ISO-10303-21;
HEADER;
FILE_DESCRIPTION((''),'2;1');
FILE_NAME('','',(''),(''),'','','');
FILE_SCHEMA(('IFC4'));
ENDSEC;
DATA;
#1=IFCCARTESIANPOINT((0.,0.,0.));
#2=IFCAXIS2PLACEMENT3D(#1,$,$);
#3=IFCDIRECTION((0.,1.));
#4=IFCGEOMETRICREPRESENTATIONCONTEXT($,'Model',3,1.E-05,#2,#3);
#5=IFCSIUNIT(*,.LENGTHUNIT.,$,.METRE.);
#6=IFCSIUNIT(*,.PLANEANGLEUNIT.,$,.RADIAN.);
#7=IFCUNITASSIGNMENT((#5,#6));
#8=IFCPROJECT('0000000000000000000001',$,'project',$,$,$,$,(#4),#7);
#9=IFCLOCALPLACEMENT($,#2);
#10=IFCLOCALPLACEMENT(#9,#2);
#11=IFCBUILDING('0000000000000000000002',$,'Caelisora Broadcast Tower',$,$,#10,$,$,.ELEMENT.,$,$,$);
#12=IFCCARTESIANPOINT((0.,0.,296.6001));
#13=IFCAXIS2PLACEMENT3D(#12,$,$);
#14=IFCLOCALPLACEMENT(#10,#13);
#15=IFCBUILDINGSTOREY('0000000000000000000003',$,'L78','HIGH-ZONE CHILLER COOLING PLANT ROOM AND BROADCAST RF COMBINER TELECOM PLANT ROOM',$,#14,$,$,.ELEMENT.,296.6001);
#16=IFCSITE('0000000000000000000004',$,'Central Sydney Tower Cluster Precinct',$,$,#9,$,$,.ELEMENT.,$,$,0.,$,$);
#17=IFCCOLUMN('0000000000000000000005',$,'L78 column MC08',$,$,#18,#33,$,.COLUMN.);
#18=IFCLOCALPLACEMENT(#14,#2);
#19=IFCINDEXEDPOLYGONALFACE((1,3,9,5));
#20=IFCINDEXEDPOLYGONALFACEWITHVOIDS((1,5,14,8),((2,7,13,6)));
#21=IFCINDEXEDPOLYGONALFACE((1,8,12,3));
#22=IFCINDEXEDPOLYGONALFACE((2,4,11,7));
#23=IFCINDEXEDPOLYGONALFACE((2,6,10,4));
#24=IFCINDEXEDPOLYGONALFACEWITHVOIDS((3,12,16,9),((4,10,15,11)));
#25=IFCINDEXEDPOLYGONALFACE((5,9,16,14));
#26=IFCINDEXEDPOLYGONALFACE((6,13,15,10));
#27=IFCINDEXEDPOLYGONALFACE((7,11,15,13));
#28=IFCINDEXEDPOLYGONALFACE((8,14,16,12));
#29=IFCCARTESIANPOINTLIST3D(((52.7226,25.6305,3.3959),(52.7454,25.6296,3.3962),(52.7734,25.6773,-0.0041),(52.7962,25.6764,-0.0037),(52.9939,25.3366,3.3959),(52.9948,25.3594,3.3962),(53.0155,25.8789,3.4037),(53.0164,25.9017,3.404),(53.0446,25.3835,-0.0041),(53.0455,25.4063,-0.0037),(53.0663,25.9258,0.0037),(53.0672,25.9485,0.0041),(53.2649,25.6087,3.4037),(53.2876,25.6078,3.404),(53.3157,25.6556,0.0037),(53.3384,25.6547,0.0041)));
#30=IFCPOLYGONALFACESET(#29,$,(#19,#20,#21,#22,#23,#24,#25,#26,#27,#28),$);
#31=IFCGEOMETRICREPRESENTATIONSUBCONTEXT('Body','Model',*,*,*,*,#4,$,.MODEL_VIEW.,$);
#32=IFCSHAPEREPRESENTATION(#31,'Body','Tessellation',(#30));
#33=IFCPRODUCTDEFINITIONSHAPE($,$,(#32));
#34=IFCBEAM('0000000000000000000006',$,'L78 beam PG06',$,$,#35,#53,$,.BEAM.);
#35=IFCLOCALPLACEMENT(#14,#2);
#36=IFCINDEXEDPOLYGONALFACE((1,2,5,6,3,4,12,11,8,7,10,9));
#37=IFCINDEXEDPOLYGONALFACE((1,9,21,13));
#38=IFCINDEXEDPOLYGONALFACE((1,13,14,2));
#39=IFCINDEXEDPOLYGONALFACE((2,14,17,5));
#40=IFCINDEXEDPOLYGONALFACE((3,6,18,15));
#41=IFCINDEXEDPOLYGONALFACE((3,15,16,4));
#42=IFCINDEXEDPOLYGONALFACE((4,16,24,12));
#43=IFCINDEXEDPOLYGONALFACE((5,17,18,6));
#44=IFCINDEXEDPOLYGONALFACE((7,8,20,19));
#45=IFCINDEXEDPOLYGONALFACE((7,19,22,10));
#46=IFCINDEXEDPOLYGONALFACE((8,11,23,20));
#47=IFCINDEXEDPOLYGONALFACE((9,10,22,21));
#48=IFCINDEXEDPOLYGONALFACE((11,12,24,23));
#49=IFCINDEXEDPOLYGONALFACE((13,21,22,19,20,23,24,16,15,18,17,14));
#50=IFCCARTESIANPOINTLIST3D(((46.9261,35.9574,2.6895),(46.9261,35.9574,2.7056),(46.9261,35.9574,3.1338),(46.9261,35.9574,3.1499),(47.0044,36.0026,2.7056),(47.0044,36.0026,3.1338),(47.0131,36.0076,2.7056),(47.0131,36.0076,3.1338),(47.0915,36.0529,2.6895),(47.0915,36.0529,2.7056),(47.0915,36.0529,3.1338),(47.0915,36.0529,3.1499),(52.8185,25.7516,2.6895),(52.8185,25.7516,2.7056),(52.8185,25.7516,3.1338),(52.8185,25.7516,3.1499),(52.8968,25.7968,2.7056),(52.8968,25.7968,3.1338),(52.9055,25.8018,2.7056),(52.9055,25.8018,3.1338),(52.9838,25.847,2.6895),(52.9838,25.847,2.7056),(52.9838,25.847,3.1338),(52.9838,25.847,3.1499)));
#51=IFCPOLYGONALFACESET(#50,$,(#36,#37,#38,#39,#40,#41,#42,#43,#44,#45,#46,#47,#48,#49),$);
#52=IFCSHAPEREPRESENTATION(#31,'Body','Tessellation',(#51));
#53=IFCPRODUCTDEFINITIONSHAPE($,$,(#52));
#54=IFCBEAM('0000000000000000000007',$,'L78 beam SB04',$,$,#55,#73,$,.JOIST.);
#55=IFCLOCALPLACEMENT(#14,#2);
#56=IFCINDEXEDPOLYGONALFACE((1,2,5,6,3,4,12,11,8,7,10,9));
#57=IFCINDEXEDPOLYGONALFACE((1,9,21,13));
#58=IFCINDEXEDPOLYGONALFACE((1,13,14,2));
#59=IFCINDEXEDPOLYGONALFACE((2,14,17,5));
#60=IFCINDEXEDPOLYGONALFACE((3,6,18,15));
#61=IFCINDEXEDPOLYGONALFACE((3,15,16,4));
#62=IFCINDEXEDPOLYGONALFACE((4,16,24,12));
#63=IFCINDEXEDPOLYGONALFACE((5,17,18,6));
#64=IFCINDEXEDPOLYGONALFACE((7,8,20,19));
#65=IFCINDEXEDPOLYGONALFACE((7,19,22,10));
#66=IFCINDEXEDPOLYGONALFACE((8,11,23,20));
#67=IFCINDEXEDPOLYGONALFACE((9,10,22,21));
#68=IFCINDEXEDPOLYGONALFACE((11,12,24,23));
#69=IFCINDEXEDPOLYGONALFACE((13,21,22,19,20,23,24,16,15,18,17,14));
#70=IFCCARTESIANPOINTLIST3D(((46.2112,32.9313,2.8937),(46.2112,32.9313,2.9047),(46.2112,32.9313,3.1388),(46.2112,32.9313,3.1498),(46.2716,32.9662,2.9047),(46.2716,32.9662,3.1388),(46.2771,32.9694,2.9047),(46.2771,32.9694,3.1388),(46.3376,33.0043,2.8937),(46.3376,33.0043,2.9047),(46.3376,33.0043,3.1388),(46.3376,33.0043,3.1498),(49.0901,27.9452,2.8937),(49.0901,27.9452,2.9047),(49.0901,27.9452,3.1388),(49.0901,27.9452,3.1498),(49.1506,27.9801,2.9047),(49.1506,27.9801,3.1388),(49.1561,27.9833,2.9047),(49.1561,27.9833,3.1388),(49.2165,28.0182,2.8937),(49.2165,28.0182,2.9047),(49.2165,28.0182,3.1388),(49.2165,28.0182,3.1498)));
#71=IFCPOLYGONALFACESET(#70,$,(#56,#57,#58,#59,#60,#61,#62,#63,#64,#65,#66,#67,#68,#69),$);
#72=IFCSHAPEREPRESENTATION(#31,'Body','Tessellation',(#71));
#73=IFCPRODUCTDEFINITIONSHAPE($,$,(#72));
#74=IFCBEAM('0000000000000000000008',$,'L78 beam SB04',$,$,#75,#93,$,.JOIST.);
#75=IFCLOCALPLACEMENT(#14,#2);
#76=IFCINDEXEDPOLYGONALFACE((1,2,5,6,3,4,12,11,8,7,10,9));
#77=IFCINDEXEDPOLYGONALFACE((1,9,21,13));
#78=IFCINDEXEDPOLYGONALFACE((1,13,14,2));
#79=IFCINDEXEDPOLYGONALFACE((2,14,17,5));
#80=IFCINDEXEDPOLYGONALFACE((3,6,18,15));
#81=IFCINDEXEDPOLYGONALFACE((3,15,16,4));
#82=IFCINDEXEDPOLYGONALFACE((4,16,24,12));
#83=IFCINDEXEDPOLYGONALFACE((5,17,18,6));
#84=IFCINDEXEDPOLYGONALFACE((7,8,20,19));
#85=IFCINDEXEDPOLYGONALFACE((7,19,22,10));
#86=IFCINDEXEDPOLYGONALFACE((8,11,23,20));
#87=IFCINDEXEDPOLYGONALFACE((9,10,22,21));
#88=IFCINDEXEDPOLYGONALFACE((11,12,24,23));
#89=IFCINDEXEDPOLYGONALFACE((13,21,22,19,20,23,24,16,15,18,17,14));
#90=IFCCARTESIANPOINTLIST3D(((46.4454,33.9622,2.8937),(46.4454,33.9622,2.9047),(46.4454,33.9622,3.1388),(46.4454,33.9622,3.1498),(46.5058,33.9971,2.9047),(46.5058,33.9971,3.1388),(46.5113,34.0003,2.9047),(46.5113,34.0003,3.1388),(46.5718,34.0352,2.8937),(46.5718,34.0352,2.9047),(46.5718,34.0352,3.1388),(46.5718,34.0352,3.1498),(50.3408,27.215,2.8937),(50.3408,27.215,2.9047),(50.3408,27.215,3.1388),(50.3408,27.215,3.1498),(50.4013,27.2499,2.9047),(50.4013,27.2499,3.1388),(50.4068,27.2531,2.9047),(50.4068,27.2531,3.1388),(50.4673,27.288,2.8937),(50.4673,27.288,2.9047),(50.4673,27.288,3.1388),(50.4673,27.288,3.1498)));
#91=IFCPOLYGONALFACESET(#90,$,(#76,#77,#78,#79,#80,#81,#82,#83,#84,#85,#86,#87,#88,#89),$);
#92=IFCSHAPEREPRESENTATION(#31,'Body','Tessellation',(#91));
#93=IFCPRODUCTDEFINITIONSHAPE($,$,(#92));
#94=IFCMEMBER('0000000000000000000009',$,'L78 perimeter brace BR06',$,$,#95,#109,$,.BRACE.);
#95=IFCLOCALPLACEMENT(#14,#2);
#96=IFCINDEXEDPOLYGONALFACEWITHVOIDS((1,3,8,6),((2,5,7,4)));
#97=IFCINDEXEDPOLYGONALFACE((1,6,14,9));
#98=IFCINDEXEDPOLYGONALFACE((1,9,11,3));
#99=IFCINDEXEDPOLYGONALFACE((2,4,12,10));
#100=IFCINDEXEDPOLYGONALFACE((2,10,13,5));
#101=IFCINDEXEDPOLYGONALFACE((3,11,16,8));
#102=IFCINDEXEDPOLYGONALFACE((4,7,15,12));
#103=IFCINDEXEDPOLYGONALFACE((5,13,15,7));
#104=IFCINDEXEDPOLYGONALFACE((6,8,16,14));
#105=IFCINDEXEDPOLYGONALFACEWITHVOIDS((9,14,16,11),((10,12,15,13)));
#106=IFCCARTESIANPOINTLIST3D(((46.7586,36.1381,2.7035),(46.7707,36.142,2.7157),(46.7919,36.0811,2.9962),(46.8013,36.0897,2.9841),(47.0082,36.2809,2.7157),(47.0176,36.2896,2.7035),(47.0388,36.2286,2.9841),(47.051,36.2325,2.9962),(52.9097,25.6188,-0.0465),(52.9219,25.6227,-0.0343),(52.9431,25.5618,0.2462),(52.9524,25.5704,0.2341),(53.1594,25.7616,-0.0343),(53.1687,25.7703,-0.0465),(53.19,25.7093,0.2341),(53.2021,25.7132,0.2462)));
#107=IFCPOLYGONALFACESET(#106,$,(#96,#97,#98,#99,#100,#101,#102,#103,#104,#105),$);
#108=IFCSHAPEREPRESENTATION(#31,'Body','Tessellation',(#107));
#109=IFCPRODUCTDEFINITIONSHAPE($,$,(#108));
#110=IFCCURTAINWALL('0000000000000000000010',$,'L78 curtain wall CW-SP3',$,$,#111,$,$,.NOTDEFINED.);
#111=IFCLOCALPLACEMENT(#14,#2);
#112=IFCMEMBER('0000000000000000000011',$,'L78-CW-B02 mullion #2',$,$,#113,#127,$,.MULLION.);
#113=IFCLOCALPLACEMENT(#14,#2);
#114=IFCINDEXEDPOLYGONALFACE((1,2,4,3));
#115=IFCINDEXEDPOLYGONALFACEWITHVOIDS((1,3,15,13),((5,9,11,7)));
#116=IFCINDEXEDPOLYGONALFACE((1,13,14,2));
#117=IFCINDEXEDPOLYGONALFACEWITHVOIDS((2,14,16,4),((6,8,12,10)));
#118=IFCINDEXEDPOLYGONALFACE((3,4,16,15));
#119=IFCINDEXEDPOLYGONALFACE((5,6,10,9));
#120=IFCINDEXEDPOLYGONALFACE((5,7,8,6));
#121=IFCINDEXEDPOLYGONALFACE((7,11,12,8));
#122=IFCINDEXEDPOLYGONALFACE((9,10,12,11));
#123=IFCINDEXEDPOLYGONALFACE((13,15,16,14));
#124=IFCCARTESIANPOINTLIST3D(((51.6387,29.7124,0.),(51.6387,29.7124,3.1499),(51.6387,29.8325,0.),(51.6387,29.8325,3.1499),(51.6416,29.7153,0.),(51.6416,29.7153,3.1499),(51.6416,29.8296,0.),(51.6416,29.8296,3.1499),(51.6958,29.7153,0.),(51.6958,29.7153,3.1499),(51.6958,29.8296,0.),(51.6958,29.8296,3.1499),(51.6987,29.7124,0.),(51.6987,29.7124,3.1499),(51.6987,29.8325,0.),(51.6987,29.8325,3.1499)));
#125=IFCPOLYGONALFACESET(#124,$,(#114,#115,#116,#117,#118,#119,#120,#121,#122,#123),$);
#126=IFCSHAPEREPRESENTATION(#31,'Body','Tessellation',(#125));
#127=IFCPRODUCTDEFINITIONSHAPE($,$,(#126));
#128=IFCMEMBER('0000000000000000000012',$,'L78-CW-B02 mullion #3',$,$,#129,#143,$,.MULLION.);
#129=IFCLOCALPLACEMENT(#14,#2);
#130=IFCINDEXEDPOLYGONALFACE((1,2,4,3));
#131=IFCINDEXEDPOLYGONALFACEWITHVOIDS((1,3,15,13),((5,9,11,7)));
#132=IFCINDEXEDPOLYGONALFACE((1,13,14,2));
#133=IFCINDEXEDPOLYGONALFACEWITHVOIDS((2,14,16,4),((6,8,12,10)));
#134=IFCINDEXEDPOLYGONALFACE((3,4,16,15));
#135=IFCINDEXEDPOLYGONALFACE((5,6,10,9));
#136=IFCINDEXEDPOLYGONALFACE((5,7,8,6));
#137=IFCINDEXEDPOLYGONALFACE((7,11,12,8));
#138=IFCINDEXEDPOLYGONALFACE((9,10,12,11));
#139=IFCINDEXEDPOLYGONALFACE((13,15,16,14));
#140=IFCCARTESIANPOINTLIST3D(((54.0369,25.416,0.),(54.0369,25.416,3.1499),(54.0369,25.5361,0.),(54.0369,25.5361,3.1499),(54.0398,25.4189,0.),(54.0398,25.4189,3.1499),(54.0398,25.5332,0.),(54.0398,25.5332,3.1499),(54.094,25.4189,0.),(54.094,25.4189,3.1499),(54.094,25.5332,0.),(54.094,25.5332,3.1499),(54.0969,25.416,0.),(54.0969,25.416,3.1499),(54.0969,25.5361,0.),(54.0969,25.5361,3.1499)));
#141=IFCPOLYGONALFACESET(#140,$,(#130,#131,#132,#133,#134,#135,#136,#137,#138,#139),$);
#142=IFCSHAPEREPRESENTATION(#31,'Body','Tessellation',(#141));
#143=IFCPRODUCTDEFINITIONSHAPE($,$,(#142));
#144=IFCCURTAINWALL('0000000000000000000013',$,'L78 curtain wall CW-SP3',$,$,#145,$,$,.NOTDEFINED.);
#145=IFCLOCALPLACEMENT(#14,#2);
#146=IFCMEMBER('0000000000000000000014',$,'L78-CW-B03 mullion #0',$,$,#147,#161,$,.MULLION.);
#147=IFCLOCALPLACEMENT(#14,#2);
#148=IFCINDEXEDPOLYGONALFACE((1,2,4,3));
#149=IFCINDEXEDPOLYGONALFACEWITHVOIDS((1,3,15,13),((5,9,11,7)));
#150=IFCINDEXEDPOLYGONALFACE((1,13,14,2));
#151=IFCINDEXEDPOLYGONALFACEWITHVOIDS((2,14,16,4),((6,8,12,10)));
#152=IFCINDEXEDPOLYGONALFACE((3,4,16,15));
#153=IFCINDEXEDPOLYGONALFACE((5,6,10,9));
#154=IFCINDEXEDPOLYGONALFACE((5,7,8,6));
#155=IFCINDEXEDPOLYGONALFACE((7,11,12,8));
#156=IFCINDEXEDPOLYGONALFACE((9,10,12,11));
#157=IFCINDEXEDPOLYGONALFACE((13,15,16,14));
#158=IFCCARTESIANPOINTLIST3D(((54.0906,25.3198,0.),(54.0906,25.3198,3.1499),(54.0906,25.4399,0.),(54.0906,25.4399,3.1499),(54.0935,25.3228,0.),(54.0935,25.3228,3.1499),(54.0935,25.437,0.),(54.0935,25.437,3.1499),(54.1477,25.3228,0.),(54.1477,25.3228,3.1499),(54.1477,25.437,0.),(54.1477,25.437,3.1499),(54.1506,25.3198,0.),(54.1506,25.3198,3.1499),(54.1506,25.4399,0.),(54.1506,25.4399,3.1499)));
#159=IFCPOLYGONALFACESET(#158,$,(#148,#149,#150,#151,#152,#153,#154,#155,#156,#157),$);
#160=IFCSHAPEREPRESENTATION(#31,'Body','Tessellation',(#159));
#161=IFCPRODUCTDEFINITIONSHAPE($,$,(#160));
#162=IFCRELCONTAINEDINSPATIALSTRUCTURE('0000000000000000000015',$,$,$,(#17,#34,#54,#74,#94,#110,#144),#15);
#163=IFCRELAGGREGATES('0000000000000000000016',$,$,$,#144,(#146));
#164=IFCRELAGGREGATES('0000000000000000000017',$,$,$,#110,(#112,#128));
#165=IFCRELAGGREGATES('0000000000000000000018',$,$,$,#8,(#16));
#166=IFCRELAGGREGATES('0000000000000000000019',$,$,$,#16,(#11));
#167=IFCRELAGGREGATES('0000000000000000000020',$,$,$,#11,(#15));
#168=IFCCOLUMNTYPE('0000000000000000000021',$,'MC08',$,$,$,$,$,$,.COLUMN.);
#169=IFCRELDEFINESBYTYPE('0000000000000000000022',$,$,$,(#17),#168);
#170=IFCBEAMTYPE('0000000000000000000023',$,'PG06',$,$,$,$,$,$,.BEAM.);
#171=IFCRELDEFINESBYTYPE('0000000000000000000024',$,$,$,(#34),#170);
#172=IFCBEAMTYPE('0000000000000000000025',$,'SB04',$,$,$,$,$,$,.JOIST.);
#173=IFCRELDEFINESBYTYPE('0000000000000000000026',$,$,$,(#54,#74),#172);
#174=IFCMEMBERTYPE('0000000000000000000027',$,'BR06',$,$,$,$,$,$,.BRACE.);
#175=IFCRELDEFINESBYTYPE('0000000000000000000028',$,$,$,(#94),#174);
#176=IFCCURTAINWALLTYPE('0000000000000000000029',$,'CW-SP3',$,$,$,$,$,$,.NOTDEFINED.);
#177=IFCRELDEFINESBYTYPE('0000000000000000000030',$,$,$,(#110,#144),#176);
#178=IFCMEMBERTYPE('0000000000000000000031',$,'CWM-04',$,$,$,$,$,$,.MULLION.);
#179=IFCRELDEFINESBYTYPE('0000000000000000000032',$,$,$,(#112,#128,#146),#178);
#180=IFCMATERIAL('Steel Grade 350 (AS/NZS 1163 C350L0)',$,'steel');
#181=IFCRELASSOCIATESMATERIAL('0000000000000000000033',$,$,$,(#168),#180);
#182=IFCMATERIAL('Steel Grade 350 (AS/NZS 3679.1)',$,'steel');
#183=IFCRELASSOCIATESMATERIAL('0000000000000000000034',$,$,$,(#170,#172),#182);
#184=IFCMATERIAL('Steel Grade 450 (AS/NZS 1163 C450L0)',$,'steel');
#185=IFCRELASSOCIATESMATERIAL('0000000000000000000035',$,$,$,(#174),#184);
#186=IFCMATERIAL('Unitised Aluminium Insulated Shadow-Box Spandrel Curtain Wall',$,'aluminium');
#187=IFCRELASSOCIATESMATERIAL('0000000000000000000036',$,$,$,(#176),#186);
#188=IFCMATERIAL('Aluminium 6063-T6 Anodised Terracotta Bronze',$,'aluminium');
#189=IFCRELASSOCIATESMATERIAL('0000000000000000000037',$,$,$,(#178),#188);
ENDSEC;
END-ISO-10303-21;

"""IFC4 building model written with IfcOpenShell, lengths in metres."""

from ifc_helpers import new_model, si_unit, direction, frame, origin, origin_2d, place, context, subcontext, project, spatial, hollow_rectangle, i_section, extrude, source, transform, mapped, material, material_profile, profile_set, type_object, type_shapes, element, aggregate, save


model = new_model("IFC4")

# Units and contexts
model_context = context("Model", 3, precision=1e-05, world=origin(), true_north=direction((0.0, 1.0)))
body_context = subcontext(model_context, "Body", "Model", "MODEL_VIEW")
ifc_project = project(units=[si_unit("LENGTHUNIT", "METRE"), si_unit("PLANEANGLEUNIT", "RADIAN")], contexts=[model_context])

# Site, building, storey
site_placement = place(None, origin())
site = spatial("IfcSite", under=ifc_project, at=site_placement, Name="Central Sydney Tower Cluster Precinct", CompositionType="ELEMENT", RefElevation=0.0)
building_placement = place(site_placement, origin())
building = spatial("IfcBuilding", under=site, at=building_placement, Name="Caelisora Broadcast Tower", CompositionType="ELEMENT")
storey_placement = place(building_placement, frame((0.0, 0.0, 296.6001)))
storey = spatial("IfcBuildingStorey", under=building, at=storey_placement, Name="L78", Description="HIGH-ZONE CHILLER COOLING PLANT ROOM AND BROADCAST RF COMBINER TELECOM PLANT ROOM", CompositionType="ELEMENT", Elevation=296.6001)

# Column
ifc_material_1 = material(Name="Steel Grade 350 (AS/NZS 1163 C350L0)", Category="steel")
ifc_material_profile_1 = material_profile(ifc_material_1, hollow_rectangle(XDim=0.3999, YDim=0.3999, WallThickness=0.0161, at=origin_2d()), Name="Steel Grade 350 (AS/NZS 1163 C350L0)")
ifc_profile_set_1 = profile_set([ifc_material_profile_1], Name="Steel Grade 350 (AS/NZS 1163 C350L0)")
column_type = type_object("IfcColumnType", Name="MC08", PredefinedType="COLUMN", material=ifc_profile_set_1)
shared_shape_1 = source(origin(), body_context, "Body", "SweptSolid", [
    extrude(hollow_rectangle(XDim=0.3999, YDim=0.3999, WallThickness=0.0161, at=origin_2d()), origin(), (0.0, 0.0, 1.0), 3.4006),
])
type_shapes(column_type, [shared_shape_1])
column_placement = place(storey_placement, frame((53.0559, 25.666, 0.0), z_axis=(-0.014933, -0.013784, 0.999793), x_axis=(0.67828, -0.734803, 0.0)))
element("IfcColumn", 1, at=column_placement, inside=storey, type_object=column_type, Name="L78 column MC08", PredefinedType="COLUMN", context=body_context, shape_type="MappedRepresentation", body=[
    mapped(shared_shape_1, transform((0.0, 0.0, 0.0), scale=1.0)),
])

# Beams
ifc_material_2 = material(Name="Steel Grade 350 (AS/NZS 3679.1)", Category="steel")
ifc_material_profile_2 = material_profile(ifc_material_2, i_section(OverallWidth=0.1909, OverallDepth=0.4604, WebThickness=0.01, FlangeThickness=0.0161, at=origin_2d()), Name="Steel Grade 350 (AS/NZS 3679.1)")
ifc_profile_set_2 = profile_set([ifc_material_profile_2], Name="Steel Grade 350 (AS/NZS 3679.1)")
beam_type_1 = type_object("IfcBeamType", Name="PG06", PredefinedType="BEAM", material=ifc_profile_set_2)
shared_shape_2 = source(origin(), body_context, "Body", "SweptSolid", [
    extrude(i_section(OverallWidth=0.1909, OverallDepth=0.4604, WebThickness=0.01, FlangeThickness=0.0161, at=origin_2d()), origin(), (0.0, 0.0, 1.0), 11.7847),
])
type_shapes(beam_type_1, [shared_shape_2])
beam_1_placement = place(storey_placement, frame((52.9011, 25.7993, 2.9197), z_axis=(-0.5, 0.866025, 0.0), x_axis=(-0.866025, -0.5, 0.0)))
element("IfcBeam", 2, at=beam_1_placement, inside=storey, type_object=beam_type_1, Name="L78 beam PG06", PredefinedType="BEAM", context=body_context, shape_type="MappedRepresentation", body=[
    mapped(shared_shape_2, transform((0.0, 0.0, 0.0), scale=1.0)),
])
ifc_material_profile_3 = material_profile(ifc_material_2, i_section(OverallWidth=0.146, OverallDepth=0.2561, WebThickness=0.0063, FlangeThickness=0.011, at=origin_2d()), Name="Steel Grade 350 (AS/NZS 3679.1)")
ifc_profile_set_3 = profile_set([ifc_material_profile_3], Name="Steel Grade 350 (AS/NZS 3679.1)")
beam_type_2 = type_object("IfcBeamType", Name="SB04", PredefinedType="JOIST", material=ifc_profile_set_3)
shared_shape_3 = source(origin(), body_context, "Body", "SweptSolid", [
    extrude(i_section(OverallWidth=0.146, OverallDepth=0.2561, WebThickness=0.0063, FlangeThickness=0.011, at=origin_2d()), origin(), (0.0, 0.0, 1.0), 5.7576),
])
beam_2_placement = place(storey_placement, frame((49.1533, 27.9817, 3.0217), z_axis=(-0.500025, 0.866011, 0.0), x_axis=(-0.866011, -0.500025, 0.0)))
element("IfcBeam", 3, at=beam_2_placement, inside=storey, type_object=beam_type_2, Name="L78 beam SB04", PredefinedType="JOIST", context=body_context, shape_type="MappedRepresentation", body=[
    mapped(shared_shape_3, transform((0.0, 0.0, 0.0), scale=1.0)),
])
shared_shape_4 = source(origin(), body_context, "Body", "SweptSolid", [
    extrude(i_section(OverallWidth=0.146, OverallDepth=0.2561, WebThickness=0.0063, FlangeThickness=0.011, at=origin_2d()), origin(), (0.0, 0.0, 1.0), 7.791),
])
type_shapes(beam_type_2, [shared_shape_3, shared_shape_4])
beam_3_placement = place(storey_placement, frame((50.4041, 27.2515, 3.0217), z_axis=(-0.499995, 0.866029, 0.0), x_axis=(-0.866029, -0.499995, 0.0)))
element("IfcBeam", 4, at=beam_3_placement, inside=storey, type_object=beam_type_2, Name="L78 beam SB04", PredefinedType="JOIST", context=body_context, shape_type="MappedRepresentation", body=[
    mapped(shared_shape_4, transform((0.0, 0.0, 0.0), scale=1.0)),
])

# Member
ifc_material_3 = material(Name="Steel Grade 450 (AS/NZS 1163 C450L0)", Category="steel")
ifc_material_profile_4 = material_profile(ifc_material_3, hollow_rectangle(XDim=0.3, YDim=0.3, WallThickness=0.0125, at=origin_2d()), Name="Steel Grade 450 (AS/NZS 1163 C450L0)")
ifc_profile_set_4 = profile_set([ifc_material_profile_4], Name="Steel Grade 450 (AS/NZS 1163 C450L0)")
member_type_1 = type_object("IfcMemberType", Name="BR06", PredefinedType="BRACE", material=ifc_profile_set_4)
shared_shape_5 = source(origin(), body_context, "Body", "SweptSolid", [
    extrude(hollow_rectangle(XDim=0.3, YDim=0.3, WallThickness=0.0125, at=origin_2d()), origin(), (0.0, 0.0, 1.0), 12.4922),
])
type_shapes(member_type_1, [shared_shape_5])
member_1_placement = place(storey_placement, frame((53.0559, 25.666, 0.0999), z_axis=(-0.492398, 0.842071, 0.220138), x_axis=(-0.863247, -0.504781, 0.0)))
element("IfcMember", 5, at=member_1_placement, inside=storey, type_object=member_type_1, Name="L78 perimeter brace BR06", PredefinedType="BRACE", context=body_context, shape_type="MappedRepresentation", body=[
    mapped(shared_shape_5, transform((0.0, 0.0, 0.0), scale=1.0)),
])

# Curtain walls, members
ifc_material_4 = material(Name="Unitised Aluminium Insulated Shadow-Box Spandrel Curtain Wall", Category="aluminium")
curtain_wall_type = type_object("IfcCurtainWallType", Name="CW-SP3", PredefinedType="NOTDEFINED", material=ifc_material_4)
curtain_wall_1_placement = place(storey_placement, origin())
curtain_wall_1 = element("IfcCurtainWall", 6, at=curtain_wall_1_placement, inside=storey, type_object=curtain_wall_type, Name="L78 curtain wall CW-SP3", PredefinedType="NOTDEFINED")
ifc_material_5 = material(Name="Aluminium 6063-T6 Anodised Terracotta Bronze", Category="aluminium")
ifc_material_profile_5 = material_profile(ifc_material_5, hollow_rectangle(XDim=0.0601, YDim=0.1201, WallThickness=0.0029, at=origin_2d()), Name="Aluminium 6063-T6 Anodised Terracotta Bronze")
ifc_profile_set_5 = profile_set([ifc_material_profile_5], Name="Aluminium 6063-T6 Anodised Terracotta Bronze")
member_type_2 = type_object("IfcMemberType", Name="CWM-04", PredefinedType="MULLION", material=ifc_profile_set_5)
shared_shape_6 = source(origin(), body_context, "Body", "SweptSolid", [
    extrude(hollow_rectangle(XDim=0.0601, YDim=0.1201, WallThickness=0.0029, at=origin_2d()), origin(), (0.0, 0.0, 1.0), 3.1499),
])
type_shapes(member_type_2, [shared_shape_6])
member_2_placement = place(storey_placement, frame((51.6687, 29.7725, 0.0), z_axis=(0.0, 0.0, 1.0), x_axis=(1.0, 0.0, 0.0)))
member_2 = element("IfcMember", 7, at=member_2_placement, type_object=member_type_2, Name="L78-CW-B02 mullion #2", PredefinedType="MULLION", context=body_context, shape_type="MappedRepresentation", body=[
    mapped(shared_shape_6, transform((0.0, 0.0, 0.0), scale=1.0)),
])
member_3_placement = place(storey_placement, frame((54.0669, 25.4761, 0.0), z_axis=(0.0, 0.0, 1.0), x_axis=(1.0, 0.0, 0.0)))
member_3 = element("IfcMember", 8, at=member_3_placement, type_object=member_type_2, Name="L78-CW-B02 mullion #3", PredefinedType="MULLION", context=body_context, shape_type="MappedRepresentation", body=[
    mapped(shared_shape_6, transform((0.0, 0.0, 0.0), scale=1.0)),
])
curtain_wall_2_placement = place(storey_placement, origin())
curtain_wall_2 = element("IfcCurtainWall", 9, at=curtain_wall_2_placement, inside=storey, type_object=curtain_wall_type, Name="L78 curtain wall CW-SP3", PredefinedType="NOTDEFINED")
member_4_placement = place(storey_placement, frame((54.1206, 25.3799, 0.0), z_axis=(0.0, 0.0, 1.0), x_axis=(1.0, 0.0, 0.0)))
member_4 = element("IfcMember", 10, at=member_4_placement, type_object=member_type_2, Name="L78-CW-B03 mullion #0", PredefinedType="MULLION", context=body_context, shape_type="MappedRepresentation", body=[
    mapped(shared_shape_6, transform((0.0, 0.0, 0.0), scale=1.0)),
])

aggregate(curtain_wall_2, [member_4])
aggregate(curtain_wall_1, [member_2, member_3])

save(model, "model.ifc")
